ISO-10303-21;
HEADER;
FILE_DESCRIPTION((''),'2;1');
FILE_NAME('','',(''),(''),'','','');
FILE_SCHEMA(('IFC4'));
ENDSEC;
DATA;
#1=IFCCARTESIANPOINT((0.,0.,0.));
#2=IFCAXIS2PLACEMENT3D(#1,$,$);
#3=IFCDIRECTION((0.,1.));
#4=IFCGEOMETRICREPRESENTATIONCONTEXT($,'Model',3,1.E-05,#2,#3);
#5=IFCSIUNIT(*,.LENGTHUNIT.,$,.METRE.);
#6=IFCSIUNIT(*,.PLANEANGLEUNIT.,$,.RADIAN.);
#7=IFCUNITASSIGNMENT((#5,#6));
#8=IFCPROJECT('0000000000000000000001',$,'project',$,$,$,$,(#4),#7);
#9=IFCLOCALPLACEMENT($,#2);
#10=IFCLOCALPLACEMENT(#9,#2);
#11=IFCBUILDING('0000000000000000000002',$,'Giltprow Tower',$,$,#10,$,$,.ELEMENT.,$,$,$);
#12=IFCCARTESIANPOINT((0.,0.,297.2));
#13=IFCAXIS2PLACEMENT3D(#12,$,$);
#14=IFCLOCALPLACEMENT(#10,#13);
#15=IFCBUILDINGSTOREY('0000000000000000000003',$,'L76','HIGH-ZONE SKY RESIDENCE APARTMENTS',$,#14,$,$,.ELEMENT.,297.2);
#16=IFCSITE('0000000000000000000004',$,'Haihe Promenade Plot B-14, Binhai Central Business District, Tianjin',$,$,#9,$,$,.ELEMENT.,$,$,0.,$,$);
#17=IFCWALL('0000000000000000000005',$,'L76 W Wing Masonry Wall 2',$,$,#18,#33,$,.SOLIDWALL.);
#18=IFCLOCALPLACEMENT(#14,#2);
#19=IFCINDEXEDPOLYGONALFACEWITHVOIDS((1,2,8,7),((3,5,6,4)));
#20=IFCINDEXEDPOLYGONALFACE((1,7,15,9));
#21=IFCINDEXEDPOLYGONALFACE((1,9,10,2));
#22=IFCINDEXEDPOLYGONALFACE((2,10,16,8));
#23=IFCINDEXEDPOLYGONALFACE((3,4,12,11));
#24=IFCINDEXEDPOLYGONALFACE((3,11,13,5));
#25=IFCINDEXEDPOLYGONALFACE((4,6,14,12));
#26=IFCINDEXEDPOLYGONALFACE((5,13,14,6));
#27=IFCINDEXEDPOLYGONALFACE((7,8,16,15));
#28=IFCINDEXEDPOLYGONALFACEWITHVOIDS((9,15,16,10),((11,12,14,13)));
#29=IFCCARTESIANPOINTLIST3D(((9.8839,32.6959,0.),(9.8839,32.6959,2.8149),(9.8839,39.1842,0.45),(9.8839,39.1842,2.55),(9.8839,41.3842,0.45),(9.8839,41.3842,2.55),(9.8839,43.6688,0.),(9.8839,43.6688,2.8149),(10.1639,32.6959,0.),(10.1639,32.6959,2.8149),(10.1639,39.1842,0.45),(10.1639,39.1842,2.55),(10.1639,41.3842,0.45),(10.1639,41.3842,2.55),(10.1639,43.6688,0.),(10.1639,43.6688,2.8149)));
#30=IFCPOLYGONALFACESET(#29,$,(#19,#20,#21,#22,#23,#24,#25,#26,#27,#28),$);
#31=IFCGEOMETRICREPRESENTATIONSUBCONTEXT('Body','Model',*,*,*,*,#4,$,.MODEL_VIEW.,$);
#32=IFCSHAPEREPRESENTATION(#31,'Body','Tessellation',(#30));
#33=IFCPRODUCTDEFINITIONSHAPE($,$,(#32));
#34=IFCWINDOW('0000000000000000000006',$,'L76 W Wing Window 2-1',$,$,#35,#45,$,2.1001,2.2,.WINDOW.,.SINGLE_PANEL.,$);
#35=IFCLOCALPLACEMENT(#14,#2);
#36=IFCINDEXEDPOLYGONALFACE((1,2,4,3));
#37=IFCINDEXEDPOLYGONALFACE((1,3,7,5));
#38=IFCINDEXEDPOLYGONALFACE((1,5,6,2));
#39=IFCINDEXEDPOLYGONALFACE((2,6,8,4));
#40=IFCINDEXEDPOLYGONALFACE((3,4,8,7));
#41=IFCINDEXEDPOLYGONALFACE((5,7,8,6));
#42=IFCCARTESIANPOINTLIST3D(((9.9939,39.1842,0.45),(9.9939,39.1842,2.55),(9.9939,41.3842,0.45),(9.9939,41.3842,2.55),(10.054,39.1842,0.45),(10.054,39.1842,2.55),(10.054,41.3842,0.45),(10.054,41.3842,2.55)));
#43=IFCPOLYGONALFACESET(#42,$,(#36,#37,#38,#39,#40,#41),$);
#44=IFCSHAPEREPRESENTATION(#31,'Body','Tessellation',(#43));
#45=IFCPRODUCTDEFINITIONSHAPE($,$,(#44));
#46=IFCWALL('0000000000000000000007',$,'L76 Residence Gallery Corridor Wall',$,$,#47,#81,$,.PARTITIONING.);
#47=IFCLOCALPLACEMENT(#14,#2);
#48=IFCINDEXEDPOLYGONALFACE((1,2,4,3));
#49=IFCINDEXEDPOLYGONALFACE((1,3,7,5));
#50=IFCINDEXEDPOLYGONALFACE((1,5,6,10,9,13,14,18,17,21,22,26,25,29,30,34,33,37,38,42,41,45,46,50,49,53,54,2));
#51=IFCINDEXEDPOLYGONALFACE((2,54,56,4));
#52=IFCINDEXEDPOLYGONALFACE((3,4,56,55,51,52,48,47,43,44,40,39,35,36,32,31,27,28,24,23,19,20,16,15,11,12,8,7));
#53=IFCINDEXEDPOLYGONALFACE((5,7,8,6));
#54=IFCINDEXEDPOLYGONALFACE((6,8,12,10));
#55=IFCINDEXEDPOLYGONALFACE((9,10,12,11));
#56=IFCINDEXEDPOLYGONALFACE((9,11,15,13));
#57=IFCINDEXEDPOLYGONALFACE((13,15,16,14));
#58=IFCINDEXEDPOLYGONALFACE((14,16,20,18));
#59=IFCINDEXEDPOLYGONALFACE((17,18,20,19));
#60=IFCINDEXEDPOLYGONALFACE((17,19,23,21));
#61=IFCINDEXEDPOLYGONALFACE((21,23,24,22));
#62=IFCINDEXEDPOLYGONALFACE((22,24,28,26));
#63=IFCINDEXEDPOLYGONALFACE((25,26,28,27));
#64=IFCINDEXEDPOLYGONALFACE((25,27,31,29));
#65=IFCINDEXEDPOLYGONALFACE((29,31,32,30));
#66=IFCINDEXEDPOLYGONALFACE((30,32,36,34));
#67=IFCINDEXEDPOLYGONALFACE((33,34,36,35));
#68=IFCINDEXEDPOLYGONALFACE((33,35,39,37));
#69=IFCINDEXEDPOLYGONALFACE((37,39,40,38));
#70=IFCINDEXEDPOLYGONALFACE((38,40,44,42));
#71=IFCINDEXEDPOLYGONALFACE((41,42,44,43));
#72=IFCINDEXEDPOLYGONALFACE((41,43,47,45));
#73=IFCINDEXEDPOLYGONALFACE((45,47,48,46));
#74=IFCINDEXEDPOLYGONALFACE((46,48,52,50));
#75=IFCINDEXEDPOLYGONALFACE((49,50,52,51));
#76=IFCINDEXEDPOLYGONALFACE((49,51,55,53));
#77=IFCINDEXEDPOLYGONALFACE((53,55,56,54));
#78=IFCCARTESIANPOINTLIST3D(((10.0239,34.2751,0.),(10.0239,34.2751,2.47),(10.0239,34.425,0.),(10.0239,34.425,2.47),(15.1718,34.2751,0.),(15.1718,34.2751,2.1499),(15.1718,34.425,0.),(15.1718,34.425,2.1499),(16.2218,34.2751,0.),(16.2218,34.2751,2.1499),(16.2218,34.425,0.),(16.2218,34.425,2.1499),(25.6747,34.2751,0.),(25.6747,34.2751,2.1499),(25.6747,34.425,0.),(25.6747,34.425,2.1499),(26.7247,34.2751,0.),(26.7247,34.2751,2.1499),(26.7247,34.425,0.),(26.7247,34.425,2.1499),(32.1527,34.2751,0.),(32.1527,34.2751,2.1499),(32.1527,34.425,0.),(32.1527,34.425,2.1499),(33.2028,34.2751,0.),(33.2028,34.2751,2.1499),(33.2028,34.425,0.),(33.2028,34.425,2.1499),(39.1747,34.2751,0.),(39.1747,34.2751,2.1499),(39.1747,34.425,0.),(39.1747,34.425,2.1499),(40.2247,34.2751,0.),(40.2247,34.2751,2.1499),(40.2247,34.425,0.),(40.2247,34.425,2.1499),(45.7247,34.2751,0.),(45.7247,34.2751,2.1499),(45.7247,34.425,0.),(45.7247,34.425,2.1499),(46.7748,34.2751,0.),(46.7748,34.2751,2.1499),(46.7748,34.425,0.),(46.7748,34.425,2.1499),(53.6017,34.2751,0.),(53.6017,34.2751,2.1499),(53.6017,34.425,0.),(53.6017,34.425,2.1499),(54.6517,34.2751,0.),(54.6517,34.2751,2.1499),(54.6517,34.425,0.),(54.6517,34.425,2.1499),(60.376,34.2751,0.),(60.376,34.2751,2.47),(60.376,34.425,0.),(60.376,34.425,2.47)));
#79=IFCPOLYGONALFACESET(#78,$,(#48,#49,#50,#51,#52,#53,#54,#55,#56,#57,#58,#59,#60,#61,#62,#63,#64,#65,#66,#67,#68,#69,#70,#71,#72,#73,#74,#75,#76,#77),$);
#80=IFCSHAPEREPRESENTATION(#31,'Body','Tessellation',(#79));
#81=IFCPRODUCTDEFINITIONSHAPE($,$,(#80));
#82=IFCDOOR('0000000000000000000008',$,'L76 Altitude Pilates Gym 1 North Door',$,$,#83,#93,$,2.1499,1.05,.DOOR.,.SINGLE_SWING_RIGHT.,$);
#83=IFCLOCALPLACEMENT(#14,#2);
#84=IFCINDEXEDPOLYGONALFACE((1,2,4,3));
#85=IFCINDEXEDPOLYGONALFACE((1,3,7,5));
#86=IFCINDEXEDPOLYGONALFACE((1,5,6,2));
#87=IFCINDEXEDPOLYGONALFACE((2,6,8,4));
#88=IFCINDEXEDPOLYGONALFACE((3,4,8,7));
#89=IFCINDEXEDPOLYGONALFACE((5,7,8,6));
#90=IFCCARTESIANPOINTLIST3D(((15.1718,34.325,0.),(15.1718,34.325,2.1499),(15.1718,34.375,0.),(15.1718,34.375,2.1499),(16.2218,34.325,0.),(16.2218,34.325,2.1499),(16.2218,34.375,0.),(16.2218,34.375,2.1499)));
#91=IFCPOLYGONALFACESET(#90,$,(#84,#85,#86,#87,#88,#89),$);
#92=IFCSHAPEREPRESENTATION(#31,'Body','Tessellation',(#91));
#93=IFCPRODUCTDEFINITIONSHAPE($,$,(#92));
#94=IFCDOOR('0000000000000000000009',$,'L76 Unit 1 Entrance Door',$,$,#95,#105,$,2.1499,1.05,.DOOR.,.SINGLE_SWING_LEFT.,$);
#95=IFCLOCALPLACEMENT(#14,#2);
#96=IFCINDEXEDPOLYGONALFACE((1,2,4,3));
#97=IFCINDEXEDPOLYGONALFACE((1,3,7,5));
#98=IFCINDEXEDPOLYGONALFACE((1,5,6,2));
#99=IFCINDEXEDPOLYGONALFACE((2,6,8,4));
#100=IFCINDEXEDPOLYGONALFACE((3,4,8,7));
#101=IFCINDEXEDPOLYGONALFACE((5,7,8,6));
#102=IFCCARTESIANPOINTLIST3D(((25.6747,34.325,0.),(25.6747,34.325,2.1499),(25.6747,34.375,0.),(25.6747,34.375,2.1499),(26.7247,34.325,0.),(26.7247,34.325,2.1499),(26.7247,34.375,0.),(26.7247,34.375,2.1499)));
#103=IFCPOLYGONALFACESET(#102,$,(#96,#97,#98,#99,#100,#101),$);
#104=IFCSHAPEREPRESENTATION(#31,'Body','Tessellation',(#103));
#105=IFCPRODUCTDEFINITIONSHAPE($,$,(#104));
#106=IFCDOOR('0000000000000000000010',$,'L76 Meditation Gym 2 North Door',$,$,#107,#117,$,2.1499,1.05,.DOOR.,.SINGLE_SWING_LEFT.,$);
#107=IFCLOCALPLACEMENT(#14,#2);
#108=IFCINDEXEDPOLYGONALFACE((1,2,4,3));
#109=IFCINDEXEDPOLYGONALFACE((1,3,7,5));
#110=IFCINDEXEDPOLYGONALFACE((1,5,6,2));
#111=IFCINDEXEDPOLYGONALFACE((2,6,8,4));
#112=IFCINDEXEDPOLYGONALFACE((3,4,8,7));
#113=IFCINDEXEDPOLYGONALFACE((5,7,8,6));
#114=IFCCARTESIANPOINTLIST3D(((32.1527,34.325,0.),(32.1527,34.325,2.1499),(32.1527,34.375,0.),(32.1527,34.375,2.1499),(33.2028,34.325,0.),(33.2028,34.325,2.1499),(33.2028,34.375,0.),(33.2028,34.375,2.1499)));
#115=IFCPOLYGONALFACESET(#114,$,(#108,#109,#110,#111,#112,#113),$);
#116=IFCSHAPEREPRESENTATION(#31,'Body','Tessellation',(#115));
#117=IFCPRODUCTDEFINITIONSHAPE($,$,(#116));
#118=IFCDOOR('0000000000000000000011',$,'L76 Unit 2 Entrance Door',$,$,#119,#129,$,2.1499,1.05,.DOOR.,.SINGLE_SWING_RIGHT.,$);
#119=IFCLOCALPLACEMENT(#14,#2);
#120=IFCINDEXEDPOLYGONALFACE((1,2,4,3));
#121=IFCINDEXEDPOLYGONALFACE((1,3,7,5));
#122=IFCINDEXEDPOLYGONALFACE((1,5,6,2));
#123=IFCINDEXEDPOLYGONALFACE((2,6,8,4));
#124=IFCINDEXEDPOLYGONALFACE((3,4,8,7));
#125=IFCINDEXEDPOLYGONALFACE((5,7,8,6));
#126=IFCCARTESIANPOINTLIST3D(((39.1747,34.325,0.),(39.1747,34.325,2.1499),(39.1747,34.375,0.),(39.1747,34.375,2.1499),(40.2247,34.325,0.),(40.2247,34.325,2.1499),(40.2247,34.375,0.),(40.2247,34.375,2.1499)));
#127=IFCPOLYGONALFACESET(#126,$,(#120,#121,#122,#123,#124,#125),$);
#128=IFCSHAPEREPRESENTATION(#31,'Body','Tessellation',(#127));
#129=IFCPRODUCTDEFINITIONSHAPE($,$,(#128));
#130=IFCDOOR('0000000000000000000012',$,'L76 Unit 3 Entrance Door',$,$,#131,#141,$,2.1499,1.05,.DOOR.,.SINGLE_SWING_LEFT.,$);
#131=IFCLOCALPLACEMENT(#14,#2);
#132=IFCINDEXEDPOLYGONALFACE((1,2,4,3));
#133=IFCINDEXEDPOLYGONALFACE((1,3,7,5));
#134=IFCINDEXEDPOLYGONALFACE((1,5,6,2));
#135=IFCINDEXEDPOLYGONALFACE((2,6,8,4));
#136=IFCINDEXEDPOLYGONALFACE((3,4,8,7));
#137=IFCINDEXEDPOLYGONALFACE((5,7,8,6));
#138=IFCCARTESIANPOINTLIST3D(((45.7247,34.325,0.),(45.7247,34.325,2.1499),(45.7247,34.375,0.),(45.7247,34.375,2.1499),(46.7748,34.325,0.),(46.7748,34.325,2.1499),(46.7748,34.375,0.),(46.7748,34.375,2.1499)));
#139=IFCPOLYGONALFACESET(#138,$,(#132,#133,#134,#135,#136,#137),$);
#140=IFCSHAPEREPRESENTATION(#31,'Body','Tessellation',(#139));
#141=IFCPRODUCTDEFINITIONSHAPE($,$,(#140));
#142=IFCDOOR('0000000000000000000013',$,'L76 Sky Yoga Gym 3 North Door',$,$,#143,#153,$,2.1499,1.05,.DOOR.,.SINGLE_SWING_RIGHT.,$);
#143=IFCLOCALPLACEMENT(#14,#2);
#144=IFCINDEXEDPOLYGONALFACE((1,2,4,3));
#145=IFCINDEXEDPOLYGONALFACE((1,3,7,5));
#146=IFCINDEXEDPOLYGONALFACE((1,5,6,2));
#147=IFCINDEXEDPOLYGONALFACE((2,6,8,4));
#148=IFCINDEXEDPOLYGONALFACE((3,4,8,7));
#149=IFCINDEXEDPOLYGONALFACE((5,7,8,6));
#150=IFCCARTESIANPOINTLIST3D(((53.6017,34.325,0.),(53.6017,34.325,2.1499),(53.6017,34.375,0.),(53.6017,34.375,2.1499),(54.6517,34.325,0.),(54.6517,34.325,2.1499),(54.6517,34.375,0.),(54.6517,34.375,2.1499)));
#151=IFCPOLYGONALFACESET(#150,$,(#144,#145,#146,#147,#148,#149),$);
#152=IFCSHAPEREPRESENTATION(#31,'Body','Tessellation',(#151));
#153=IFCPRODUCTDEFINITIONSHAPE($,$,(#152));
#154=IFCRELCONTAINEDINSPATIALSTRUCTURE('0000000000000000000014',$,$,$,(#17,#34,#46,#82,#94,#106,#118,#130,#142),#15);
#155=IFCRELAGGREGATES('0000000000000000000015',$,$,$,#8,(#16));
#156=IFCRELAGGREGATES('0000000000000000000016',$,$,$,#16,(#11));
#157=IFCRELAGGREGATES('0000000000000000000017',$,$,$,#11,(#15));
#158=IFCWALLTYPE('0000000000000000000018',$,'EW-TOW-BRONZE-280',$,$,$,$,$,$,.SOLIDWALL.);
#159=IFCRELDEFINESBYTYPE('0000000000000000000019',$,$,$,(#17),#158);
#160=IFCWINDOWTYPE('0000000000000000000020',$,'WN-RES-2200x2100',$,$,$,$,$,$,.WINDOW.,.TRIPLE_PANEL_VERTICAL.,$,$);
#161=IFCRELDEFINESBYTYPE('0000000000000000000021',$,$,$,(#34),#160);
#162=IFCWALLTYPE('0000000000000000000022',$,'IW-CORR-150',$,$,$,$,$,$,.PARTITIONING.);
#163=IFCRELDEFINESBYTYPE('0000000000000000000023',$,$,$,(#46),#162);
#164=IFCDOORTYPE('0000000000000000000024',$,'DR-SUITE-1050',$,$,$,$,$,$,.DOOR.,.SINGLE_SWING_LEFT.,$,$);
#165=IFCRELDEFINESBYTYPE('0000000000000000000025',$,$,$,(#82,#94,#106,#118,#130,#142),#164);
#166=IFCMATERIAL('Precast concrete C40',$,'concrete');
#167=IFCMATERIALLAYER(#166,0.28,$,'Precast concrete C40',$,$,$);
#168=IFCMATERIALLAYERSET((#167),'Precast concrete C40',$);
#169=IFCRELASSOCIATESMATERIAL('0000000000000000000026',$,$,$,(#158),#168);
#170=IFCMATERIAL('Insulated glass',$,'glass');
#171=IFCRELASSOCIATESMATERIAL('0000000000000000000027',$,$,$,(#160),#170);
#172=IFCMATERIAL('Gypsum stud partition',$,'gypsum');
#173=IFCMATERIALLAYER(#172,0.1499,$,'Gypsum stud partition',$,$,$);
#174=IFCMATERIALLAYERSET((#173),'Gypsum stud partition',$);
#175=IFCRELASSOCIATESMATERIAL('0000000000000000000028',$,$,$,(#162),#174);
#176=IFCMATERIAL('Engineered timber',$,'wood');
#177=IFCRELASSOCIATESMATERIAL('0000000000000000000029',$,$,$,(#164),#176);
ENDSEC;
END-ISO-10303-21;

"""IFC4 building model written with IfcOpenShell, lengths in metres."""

from ifc_helpers import new_model, si_unit, direction, frame, frame_2d, origin, place, context, subcontext, project, spatial, rectangle, extrude, source, transform, mapped, material, layer, layer_set, type_object, element, fill, save


model = new_model("IFC4")

# Units and contexts
model_context = context("Model", 3, precision=1e-05, world=origin(), true_north=direction((0.0, 1.0)))
body_context = subcontext(model_context, "Body", "Model", "MODEL_VIEW")
ifc_project = project(units=[si_unit("LENGTHUNIT", "METRE"), si_unit("PLANEANGLEUNIT", "RADIAN")], contexts=[model_context])

# Site, building, storey
site_placement = place(None, origin())
site = spatial("IfcSite", under=ifc_project, at=site_placement, Name="Haihe Promenade Plot B-14, Binhai Central Business District, Tianjin", CompositionType="ELEMENT", RefElevation=0.0)
building_placement = place(site_placement, origin())
building = spatial("IfcBuilding", under=site, at=building_placement, Name="Giltprow Tower", CompositionType="ELEMENT")
storey_placement = place(building_placement, frame((0.0, 0.0, 297.2)))
storey = spatial("IfcBuildingStorey", under=building, at=storey_placement, Name="L76", Description="HIGH-ZONE SKY RESIDENCE APARTMENTS", CompositionType="ELEMENT", Elevation=297.2)

# Wall, opening, window
ifc_material_1 = material(Name="Precast concrete C40", Category="concrete")
ifc_layer_1 = layer(ifc_material_1, 0.28, Name="Precast concrete C40")
ifc_layer_set_1 = layer_set([ifc_layer_1], Name="Precast concrete C40")
wall_type_1 = type_object("IfcWallType", Name="EW-TOW-BRONZE-280", PredefinedType="SOLIDWALL", material=ifc_layer_set_1)
wall_1_placement = place(storey_placement, frame((10.0239, 32.696, 0.0), z_axis=(0.0, 0.0, 1.0), x_axis=(0.0, 1.0, 0.0)))
wall_1 = element("IfcWall", 1, at=wall_1_placement, inside=storey, type_object=wall_type_1, Name="L76 W Wing Masonry Wall 2", PredefinedType="SOLIDWALL", context=body_context, shape_type="SweptSolid", body=[
    extrude(rectangle(XDim=10.9729, YDim=0.28, at=frame_2d((5.4863, 0.0))), origin(), (0.0, 0.0, 1.0), 2.8149),
])
opening_1_placement = place(wall_1_placement, frame((6.488, 0.0, 0.45)))
opening_1 = element("IfcOpeningElement", 2, at=opening_1_placement, cuts=wall_1, PredefinedType="OPENING", context=body_context, shape_type="SweptSolid", body=[
    extrude(rectangle(XDim=2.2, YDim=2.1001, at=frame_2d((1.1001, 1.05))), frame((0.0, 0.1499, 0.0), z_axis=(0.0, -1.0, 0.0), x_axis=(1.0, 0.0, 0.0)), (0.0, 0.0, 1.0), 0.3),
])
ifc_material_2 = material(Name="Insulated glass", Category="glass")
window_type = type_object("IfcWindowType", Name="WN-RES-2200x2100", PartitioningType="TRIPLE_PANEL_VERTICAL", PredefinedType="WINDOW", material=ifc_material_2)
shared_shape_1 = source(origin(), body_context, "Body", "SweptSolid", [
    extrude(rectangle(XDim=2.2, YDim=2.1001, at=frame_2d((1.1001, 1.05))), frame((0.0, 0.03, 0.0), z_axis=(0.0, -1.0, 0.0), x_axis=(1.0, 0.0, 0.0)), (0.0, 0.0, 1.0), 0.0601),
])
window_placement = place(opening_1_placement, origin())
window = element("IfcWindow", 3, at=window_placement, inside=storey, type_object=window_type, Name="L76 W Wing Window 2-1", OverallHeight=2.1001, OverallWidth=2.2, PartitioningType="SINGLE_PANEL", PredefinedType="WINDOW", context=body_context, shape_type="MappedRepresentation", body=[
    mapped(shared_shape_1, transform((0.0, 0.0, 0.0), x_axis=(1.0, 0.0, 0.0), y_axis=(0.0, 1.0, 0.0), z_axis=(0.0, 0.0, 1.0), scale=1.0)),
])
fill(opening_1, window)

# Wall, openings, doors
ifc_material_3 = material(Name="Gypsum stud partition", Category="gypsum")
ifc_layer_2 = layer(ifc_material_3, 0.1499, Name="Gypsum stud partition")
ifc_layer_set_2 = layer_set([ifc_layer_2], Name="Gypsum stud partition")
wall_type_2 = type_object("IfcWallType", Name="IW-CORR-150", PredefinedType="PARTITIONING", material=ifc_layer_set_2)
wall_2_placement = place(storey_placement, frame((10.0239, 34.3501, 0.0), z_axis=(0.0, 0.0, 1.0), x_axis=(1.0, 0.0, 0.0)))
wall_2 = element("IfcWall", 4, at=wall_2_placement, inside=storey, type_object=wall_type_2, Name="L76 Residence Gallery Corridor Wall", PredefinedType="PARTITIONING", context=body_context, shape_type="SweptSolid", body=[
    extrude(rectangle(XDim=50.3521, YDim=0.1499, at=frame_2d((25.176, 0.0))), origin(), (0.0, 0.0, 1.0), 2.47),
])
opening_2_placement = place(wall_2_placement, frame((5.1479, 0.0, 0.0)))
opening_2 = element("IfcOpeningElement", 5, at=opening_2_placement, cuts=wall_2, PredefinedType="OPENING", context=body_context, shape_type="SweptSolid", body=[
    extrude(rectangle(XDim=1.05, YDim=2.1499, at=frame_2d((0.5249, 1.075))), frame((0.0, 0.085, 0.0), z_axis=(0.0, -1.0, 0.0), x_axis=(1.0, 0.0, 0.0)), (0.0, 0.0, 1.0), 0.1699),
])
opening_3_placement = place(wall_2_placement, frame((15.6509, 0.0, 0.0)))
opening_3 = element("IfcOpeningElement", 6, at=opening_3_placement, cuts=wall_2, PredefinedType="OPENING", context=body_context, shape_type="SweptSolid", body=[
    extrude(rectangle(XDim=1.05, YDim=2.1499, at=frame_2d((0.5249, 1.075))), frame((0.0, 0.085, 0.0), z_axis=(0.0, -1.0, 0.0), x_axis=(1.0, 0.0, 0.0)), (0.0, 0.0, 1.0), 0.1699),
])
opening_4_placement = place(wall_2_placement, frame((22.1289, 0.0, 0.0)))
opening_4 = element("IfcOpeningElement", 7, at=opening_4_placement, cuts=wall_2, PredefinedType="OPENING", context=body_context, shape_type="SweptSolid", body=[
    extrude(rectangle(XDim=1.05, YDim=2.1499, at=frame_2d((0.5249, 1.075))), frame((0.0, 0.085, 0.0), z_axis=(0.0, -1.0, 0.0), x_axis=(1.0, 0.0, 0.0)), (0.0, 0.0, 1.0), 0.1699),
])
opening_5_placement = place(wall_2_placement, frame((29.1509, 0.0, 0.0)))
opening_5 = element("IfcOpeningElement", 8, at=opening_5_placement, cuts=wall_2, PredefinedType="OPENING", context=body_context, shape_type="SweptSolid", body=[
    extrude(rectangle(XDim=1.05, YDim=2.1499, at=frame_2d((0.5249, 1.075))), frame((0.0, 0.085, 0.0), z_axis=(0.0, -1.0, 0.0), x_axis=(1.0, 0.0, 0.0)), (0.0, 0.0, 1.0), 0.1699),
])
opening_6_placement = place(wall_2_placement, frame((35.7009, 0.0, 0.0)))
opening_6 = element("IfcOpeningElement", 9, at=opening_6_placement, cuts=wall_2, PredefinedType="OPENING", context=body_context, shape_type="SweptSolid", body=[
    extrude(rectangle(XDim=1.05, YDim=2.1499, at=frame_2d((0.5249, 1.075))), frame((0.0, 0.085, 0.0), z_axis=(0.0, -1.0, 0.0), x_axis=(1.0, 0.0, 0.0)), (0.0, 0.0, 1.0), 0.1699),
])
opening_7_placement = place(wall_2_placement, frame((43.5779, 0.0, 0.0)))
opening_7 = element("IfcOpeningElement", 10, at=opening_7_placement, cuts=wall_2, PredefinedType="OPENING", context=body_context, shape_type="SweptSolid", body=[
    extrude(rectangle(XDim=1.05, YDim=2.1499, at=frame_2d((0.5249, 1.075))), frame((0.0, 0.085, 0.0), z_axis=(0.0, -1.0, 0.0), x_axis=(1.0, 0.0, 0.0)), (0.0, 0.0, 1.0), 0.1699),
])
ifc_material_4 = material(Name="Engineered timber", Category="wood")
door_type_1 = type_object("IfcDoorType", Name="DR-SUITE-1050", OperationType="SINGLE_SWING_LEFT", PredefinedType="DOOR", material=ifc_material_4)
shared_shape_2 = source(origin(), body_context, "Body", "SweptSolid", [
    extrude(rectangle(XDim=1.05, YDim=2.1499, at=frame_2d((0.5249, 1.075))), frame((0.0, 0.0249, 0.0), z_axis=(0.0, -1.0, 0.0), x_axis=(1.0, 0.0, 0.0)), (0.0, 0.0, 1.0), 0.05),
])
door_1_placement = place(opening_2_placement, origin())
door_1 = element("IfcDoor", 11, at=door_1_placement, inside=storey, type_object=door_type_1, Name="L76 Altitude Pilates Gym 1 North Door", OperationType="SINGLE_SWING_RIGHT", OverallHeight=2.1499, OverallWidth=1.05, PredefinedType="DOOR", context=body_context, shape_type="MappedRepresentation", body=[
    mapped(shared_shape_2, transform((0.0, 0.0, 0.0), x_axis=(1.0, 0.0, 0.0), y_axis=(0.0, 1.0, 0.0), z_axis=(0.0, 0.0, 1.0), scale=1.0)),
])
fill(opening_2, door_1)
door_2_placement = place(opening_3_placement, origin())
door_2 = element("IfcDoor", 12, at=door_2_placement, inside=storey, type_object=door_type_1, Name="L76 Unit 1 Entrance Door", OperationType="SINGLE_SWING_LEFT", OverallHeight=2.1499, OverallWidth=1.05, PredefinedType="DOOR", context=body_context, shape_type="MappedRepresentation", body=[
    mapped(shared_shape_2, transform((0.0, 0.0, 0.0), x_axis=(1.0, 0.0, 0.0), y_axis=(0.0, 1.0, 0.0), z_axis=(0.0, 0.0, 1.0), scale=1.0)),
])
fill(opening_3, door_2)
door_3_placement = place(opening_4_placement, origin())
door_3 = element("IfcDoor", 13, at=door_3_placement, inside=storey, type_object=door_type_1, Name="L76 Meditation Gym 2 North Door", OperationType="SINGLE_SWING_LEFT", OverallHeight=2.1499, OverallWidth=1.05, PredefinedType="DOOR", context=body_context, shape_type="MappedRepresentation", body=[
    mapped(shared_shape_2, transform((0.0, 0.0, 0.0), x_axis=(1.0, 0.0, 0.0), y_axis=(0.0, 1.0, 0.0), z_axis=(0.0, 0.0, 1.0), scale=1.0)),
])
fill(opening_4, door_3)
door_4_placement = place(opening_5_placement, origin())
door_4 = element("IfcDoor", 14, at=door_4_placement, inside=storey, type_object=door_type_1, Name="L76 Unit 2 Entrance Door", OperationType="SINGLE_SWING_RIGHT", OverallHeight=2.1499, OverallWidth=1.05, PredefinedType="DOOR", context=body_context, shape_type="MappedRepresentation", body=[
    mapped(shared_shape_2, transform((0.0, 0.0, 0.0), x_axis=(1.0, 0.0, 0.0), y_axis=(0.0, 1.0, 0.0), z_axis=(0.0, 0.0, 1.0), scale=1.0)),
])
fill(opening_5, door_4)
door_5_placement = place(opening_6_placement, origin())
door_5 = element("IfcDoor", 15, at=door_5_placement, inside=storey, type_object=door_type_1, Name="L76 Unit 3 Entrance Door", OperationType="SINGLE_SWING_LEFT", OverallHeight=2.1499, OverallWidth=1.05, PredefinedType="DOOR", context=body_context, shape_type="MappedRepresentation", body=[
    mapped(shared_shape_2, transform((0.0, 0.0, 0.0), x_axis=(1.0, 0.0, 0.0), y_axis=(0.0, 1.0, 0.0), z_axis=(0.0, 0.0, 1.0), scale=1.0)),
])
fill(opening_6, door_5)
door_6_placement = place(opening_7_placement, origin())
door_6 = element("IfcDoor", 16, at=door_6_placement, inside=storey, type_object=door_type_1, Name="L76 Sky Yoga Gym 3 North Door", OperationType="SINGLE_SWING_RIGHT", OverallHeight=2.1499, OverallWidth=1.05, PredefinedType="DOOR", context=body_context, shape_type="MappedRepresentation", body=[
    mapped(shared_shape_2, transform((0.0, 0.0, 0.0), x_axis=(1.0, 0.0, 0.0), y_axis=(0.0, 1.0, 0.0), z_axis=(0.0, 0.0, 1.0), scale=1.0)),
])
fill(opening_7, door_6)

save(model, "model.ifc")
